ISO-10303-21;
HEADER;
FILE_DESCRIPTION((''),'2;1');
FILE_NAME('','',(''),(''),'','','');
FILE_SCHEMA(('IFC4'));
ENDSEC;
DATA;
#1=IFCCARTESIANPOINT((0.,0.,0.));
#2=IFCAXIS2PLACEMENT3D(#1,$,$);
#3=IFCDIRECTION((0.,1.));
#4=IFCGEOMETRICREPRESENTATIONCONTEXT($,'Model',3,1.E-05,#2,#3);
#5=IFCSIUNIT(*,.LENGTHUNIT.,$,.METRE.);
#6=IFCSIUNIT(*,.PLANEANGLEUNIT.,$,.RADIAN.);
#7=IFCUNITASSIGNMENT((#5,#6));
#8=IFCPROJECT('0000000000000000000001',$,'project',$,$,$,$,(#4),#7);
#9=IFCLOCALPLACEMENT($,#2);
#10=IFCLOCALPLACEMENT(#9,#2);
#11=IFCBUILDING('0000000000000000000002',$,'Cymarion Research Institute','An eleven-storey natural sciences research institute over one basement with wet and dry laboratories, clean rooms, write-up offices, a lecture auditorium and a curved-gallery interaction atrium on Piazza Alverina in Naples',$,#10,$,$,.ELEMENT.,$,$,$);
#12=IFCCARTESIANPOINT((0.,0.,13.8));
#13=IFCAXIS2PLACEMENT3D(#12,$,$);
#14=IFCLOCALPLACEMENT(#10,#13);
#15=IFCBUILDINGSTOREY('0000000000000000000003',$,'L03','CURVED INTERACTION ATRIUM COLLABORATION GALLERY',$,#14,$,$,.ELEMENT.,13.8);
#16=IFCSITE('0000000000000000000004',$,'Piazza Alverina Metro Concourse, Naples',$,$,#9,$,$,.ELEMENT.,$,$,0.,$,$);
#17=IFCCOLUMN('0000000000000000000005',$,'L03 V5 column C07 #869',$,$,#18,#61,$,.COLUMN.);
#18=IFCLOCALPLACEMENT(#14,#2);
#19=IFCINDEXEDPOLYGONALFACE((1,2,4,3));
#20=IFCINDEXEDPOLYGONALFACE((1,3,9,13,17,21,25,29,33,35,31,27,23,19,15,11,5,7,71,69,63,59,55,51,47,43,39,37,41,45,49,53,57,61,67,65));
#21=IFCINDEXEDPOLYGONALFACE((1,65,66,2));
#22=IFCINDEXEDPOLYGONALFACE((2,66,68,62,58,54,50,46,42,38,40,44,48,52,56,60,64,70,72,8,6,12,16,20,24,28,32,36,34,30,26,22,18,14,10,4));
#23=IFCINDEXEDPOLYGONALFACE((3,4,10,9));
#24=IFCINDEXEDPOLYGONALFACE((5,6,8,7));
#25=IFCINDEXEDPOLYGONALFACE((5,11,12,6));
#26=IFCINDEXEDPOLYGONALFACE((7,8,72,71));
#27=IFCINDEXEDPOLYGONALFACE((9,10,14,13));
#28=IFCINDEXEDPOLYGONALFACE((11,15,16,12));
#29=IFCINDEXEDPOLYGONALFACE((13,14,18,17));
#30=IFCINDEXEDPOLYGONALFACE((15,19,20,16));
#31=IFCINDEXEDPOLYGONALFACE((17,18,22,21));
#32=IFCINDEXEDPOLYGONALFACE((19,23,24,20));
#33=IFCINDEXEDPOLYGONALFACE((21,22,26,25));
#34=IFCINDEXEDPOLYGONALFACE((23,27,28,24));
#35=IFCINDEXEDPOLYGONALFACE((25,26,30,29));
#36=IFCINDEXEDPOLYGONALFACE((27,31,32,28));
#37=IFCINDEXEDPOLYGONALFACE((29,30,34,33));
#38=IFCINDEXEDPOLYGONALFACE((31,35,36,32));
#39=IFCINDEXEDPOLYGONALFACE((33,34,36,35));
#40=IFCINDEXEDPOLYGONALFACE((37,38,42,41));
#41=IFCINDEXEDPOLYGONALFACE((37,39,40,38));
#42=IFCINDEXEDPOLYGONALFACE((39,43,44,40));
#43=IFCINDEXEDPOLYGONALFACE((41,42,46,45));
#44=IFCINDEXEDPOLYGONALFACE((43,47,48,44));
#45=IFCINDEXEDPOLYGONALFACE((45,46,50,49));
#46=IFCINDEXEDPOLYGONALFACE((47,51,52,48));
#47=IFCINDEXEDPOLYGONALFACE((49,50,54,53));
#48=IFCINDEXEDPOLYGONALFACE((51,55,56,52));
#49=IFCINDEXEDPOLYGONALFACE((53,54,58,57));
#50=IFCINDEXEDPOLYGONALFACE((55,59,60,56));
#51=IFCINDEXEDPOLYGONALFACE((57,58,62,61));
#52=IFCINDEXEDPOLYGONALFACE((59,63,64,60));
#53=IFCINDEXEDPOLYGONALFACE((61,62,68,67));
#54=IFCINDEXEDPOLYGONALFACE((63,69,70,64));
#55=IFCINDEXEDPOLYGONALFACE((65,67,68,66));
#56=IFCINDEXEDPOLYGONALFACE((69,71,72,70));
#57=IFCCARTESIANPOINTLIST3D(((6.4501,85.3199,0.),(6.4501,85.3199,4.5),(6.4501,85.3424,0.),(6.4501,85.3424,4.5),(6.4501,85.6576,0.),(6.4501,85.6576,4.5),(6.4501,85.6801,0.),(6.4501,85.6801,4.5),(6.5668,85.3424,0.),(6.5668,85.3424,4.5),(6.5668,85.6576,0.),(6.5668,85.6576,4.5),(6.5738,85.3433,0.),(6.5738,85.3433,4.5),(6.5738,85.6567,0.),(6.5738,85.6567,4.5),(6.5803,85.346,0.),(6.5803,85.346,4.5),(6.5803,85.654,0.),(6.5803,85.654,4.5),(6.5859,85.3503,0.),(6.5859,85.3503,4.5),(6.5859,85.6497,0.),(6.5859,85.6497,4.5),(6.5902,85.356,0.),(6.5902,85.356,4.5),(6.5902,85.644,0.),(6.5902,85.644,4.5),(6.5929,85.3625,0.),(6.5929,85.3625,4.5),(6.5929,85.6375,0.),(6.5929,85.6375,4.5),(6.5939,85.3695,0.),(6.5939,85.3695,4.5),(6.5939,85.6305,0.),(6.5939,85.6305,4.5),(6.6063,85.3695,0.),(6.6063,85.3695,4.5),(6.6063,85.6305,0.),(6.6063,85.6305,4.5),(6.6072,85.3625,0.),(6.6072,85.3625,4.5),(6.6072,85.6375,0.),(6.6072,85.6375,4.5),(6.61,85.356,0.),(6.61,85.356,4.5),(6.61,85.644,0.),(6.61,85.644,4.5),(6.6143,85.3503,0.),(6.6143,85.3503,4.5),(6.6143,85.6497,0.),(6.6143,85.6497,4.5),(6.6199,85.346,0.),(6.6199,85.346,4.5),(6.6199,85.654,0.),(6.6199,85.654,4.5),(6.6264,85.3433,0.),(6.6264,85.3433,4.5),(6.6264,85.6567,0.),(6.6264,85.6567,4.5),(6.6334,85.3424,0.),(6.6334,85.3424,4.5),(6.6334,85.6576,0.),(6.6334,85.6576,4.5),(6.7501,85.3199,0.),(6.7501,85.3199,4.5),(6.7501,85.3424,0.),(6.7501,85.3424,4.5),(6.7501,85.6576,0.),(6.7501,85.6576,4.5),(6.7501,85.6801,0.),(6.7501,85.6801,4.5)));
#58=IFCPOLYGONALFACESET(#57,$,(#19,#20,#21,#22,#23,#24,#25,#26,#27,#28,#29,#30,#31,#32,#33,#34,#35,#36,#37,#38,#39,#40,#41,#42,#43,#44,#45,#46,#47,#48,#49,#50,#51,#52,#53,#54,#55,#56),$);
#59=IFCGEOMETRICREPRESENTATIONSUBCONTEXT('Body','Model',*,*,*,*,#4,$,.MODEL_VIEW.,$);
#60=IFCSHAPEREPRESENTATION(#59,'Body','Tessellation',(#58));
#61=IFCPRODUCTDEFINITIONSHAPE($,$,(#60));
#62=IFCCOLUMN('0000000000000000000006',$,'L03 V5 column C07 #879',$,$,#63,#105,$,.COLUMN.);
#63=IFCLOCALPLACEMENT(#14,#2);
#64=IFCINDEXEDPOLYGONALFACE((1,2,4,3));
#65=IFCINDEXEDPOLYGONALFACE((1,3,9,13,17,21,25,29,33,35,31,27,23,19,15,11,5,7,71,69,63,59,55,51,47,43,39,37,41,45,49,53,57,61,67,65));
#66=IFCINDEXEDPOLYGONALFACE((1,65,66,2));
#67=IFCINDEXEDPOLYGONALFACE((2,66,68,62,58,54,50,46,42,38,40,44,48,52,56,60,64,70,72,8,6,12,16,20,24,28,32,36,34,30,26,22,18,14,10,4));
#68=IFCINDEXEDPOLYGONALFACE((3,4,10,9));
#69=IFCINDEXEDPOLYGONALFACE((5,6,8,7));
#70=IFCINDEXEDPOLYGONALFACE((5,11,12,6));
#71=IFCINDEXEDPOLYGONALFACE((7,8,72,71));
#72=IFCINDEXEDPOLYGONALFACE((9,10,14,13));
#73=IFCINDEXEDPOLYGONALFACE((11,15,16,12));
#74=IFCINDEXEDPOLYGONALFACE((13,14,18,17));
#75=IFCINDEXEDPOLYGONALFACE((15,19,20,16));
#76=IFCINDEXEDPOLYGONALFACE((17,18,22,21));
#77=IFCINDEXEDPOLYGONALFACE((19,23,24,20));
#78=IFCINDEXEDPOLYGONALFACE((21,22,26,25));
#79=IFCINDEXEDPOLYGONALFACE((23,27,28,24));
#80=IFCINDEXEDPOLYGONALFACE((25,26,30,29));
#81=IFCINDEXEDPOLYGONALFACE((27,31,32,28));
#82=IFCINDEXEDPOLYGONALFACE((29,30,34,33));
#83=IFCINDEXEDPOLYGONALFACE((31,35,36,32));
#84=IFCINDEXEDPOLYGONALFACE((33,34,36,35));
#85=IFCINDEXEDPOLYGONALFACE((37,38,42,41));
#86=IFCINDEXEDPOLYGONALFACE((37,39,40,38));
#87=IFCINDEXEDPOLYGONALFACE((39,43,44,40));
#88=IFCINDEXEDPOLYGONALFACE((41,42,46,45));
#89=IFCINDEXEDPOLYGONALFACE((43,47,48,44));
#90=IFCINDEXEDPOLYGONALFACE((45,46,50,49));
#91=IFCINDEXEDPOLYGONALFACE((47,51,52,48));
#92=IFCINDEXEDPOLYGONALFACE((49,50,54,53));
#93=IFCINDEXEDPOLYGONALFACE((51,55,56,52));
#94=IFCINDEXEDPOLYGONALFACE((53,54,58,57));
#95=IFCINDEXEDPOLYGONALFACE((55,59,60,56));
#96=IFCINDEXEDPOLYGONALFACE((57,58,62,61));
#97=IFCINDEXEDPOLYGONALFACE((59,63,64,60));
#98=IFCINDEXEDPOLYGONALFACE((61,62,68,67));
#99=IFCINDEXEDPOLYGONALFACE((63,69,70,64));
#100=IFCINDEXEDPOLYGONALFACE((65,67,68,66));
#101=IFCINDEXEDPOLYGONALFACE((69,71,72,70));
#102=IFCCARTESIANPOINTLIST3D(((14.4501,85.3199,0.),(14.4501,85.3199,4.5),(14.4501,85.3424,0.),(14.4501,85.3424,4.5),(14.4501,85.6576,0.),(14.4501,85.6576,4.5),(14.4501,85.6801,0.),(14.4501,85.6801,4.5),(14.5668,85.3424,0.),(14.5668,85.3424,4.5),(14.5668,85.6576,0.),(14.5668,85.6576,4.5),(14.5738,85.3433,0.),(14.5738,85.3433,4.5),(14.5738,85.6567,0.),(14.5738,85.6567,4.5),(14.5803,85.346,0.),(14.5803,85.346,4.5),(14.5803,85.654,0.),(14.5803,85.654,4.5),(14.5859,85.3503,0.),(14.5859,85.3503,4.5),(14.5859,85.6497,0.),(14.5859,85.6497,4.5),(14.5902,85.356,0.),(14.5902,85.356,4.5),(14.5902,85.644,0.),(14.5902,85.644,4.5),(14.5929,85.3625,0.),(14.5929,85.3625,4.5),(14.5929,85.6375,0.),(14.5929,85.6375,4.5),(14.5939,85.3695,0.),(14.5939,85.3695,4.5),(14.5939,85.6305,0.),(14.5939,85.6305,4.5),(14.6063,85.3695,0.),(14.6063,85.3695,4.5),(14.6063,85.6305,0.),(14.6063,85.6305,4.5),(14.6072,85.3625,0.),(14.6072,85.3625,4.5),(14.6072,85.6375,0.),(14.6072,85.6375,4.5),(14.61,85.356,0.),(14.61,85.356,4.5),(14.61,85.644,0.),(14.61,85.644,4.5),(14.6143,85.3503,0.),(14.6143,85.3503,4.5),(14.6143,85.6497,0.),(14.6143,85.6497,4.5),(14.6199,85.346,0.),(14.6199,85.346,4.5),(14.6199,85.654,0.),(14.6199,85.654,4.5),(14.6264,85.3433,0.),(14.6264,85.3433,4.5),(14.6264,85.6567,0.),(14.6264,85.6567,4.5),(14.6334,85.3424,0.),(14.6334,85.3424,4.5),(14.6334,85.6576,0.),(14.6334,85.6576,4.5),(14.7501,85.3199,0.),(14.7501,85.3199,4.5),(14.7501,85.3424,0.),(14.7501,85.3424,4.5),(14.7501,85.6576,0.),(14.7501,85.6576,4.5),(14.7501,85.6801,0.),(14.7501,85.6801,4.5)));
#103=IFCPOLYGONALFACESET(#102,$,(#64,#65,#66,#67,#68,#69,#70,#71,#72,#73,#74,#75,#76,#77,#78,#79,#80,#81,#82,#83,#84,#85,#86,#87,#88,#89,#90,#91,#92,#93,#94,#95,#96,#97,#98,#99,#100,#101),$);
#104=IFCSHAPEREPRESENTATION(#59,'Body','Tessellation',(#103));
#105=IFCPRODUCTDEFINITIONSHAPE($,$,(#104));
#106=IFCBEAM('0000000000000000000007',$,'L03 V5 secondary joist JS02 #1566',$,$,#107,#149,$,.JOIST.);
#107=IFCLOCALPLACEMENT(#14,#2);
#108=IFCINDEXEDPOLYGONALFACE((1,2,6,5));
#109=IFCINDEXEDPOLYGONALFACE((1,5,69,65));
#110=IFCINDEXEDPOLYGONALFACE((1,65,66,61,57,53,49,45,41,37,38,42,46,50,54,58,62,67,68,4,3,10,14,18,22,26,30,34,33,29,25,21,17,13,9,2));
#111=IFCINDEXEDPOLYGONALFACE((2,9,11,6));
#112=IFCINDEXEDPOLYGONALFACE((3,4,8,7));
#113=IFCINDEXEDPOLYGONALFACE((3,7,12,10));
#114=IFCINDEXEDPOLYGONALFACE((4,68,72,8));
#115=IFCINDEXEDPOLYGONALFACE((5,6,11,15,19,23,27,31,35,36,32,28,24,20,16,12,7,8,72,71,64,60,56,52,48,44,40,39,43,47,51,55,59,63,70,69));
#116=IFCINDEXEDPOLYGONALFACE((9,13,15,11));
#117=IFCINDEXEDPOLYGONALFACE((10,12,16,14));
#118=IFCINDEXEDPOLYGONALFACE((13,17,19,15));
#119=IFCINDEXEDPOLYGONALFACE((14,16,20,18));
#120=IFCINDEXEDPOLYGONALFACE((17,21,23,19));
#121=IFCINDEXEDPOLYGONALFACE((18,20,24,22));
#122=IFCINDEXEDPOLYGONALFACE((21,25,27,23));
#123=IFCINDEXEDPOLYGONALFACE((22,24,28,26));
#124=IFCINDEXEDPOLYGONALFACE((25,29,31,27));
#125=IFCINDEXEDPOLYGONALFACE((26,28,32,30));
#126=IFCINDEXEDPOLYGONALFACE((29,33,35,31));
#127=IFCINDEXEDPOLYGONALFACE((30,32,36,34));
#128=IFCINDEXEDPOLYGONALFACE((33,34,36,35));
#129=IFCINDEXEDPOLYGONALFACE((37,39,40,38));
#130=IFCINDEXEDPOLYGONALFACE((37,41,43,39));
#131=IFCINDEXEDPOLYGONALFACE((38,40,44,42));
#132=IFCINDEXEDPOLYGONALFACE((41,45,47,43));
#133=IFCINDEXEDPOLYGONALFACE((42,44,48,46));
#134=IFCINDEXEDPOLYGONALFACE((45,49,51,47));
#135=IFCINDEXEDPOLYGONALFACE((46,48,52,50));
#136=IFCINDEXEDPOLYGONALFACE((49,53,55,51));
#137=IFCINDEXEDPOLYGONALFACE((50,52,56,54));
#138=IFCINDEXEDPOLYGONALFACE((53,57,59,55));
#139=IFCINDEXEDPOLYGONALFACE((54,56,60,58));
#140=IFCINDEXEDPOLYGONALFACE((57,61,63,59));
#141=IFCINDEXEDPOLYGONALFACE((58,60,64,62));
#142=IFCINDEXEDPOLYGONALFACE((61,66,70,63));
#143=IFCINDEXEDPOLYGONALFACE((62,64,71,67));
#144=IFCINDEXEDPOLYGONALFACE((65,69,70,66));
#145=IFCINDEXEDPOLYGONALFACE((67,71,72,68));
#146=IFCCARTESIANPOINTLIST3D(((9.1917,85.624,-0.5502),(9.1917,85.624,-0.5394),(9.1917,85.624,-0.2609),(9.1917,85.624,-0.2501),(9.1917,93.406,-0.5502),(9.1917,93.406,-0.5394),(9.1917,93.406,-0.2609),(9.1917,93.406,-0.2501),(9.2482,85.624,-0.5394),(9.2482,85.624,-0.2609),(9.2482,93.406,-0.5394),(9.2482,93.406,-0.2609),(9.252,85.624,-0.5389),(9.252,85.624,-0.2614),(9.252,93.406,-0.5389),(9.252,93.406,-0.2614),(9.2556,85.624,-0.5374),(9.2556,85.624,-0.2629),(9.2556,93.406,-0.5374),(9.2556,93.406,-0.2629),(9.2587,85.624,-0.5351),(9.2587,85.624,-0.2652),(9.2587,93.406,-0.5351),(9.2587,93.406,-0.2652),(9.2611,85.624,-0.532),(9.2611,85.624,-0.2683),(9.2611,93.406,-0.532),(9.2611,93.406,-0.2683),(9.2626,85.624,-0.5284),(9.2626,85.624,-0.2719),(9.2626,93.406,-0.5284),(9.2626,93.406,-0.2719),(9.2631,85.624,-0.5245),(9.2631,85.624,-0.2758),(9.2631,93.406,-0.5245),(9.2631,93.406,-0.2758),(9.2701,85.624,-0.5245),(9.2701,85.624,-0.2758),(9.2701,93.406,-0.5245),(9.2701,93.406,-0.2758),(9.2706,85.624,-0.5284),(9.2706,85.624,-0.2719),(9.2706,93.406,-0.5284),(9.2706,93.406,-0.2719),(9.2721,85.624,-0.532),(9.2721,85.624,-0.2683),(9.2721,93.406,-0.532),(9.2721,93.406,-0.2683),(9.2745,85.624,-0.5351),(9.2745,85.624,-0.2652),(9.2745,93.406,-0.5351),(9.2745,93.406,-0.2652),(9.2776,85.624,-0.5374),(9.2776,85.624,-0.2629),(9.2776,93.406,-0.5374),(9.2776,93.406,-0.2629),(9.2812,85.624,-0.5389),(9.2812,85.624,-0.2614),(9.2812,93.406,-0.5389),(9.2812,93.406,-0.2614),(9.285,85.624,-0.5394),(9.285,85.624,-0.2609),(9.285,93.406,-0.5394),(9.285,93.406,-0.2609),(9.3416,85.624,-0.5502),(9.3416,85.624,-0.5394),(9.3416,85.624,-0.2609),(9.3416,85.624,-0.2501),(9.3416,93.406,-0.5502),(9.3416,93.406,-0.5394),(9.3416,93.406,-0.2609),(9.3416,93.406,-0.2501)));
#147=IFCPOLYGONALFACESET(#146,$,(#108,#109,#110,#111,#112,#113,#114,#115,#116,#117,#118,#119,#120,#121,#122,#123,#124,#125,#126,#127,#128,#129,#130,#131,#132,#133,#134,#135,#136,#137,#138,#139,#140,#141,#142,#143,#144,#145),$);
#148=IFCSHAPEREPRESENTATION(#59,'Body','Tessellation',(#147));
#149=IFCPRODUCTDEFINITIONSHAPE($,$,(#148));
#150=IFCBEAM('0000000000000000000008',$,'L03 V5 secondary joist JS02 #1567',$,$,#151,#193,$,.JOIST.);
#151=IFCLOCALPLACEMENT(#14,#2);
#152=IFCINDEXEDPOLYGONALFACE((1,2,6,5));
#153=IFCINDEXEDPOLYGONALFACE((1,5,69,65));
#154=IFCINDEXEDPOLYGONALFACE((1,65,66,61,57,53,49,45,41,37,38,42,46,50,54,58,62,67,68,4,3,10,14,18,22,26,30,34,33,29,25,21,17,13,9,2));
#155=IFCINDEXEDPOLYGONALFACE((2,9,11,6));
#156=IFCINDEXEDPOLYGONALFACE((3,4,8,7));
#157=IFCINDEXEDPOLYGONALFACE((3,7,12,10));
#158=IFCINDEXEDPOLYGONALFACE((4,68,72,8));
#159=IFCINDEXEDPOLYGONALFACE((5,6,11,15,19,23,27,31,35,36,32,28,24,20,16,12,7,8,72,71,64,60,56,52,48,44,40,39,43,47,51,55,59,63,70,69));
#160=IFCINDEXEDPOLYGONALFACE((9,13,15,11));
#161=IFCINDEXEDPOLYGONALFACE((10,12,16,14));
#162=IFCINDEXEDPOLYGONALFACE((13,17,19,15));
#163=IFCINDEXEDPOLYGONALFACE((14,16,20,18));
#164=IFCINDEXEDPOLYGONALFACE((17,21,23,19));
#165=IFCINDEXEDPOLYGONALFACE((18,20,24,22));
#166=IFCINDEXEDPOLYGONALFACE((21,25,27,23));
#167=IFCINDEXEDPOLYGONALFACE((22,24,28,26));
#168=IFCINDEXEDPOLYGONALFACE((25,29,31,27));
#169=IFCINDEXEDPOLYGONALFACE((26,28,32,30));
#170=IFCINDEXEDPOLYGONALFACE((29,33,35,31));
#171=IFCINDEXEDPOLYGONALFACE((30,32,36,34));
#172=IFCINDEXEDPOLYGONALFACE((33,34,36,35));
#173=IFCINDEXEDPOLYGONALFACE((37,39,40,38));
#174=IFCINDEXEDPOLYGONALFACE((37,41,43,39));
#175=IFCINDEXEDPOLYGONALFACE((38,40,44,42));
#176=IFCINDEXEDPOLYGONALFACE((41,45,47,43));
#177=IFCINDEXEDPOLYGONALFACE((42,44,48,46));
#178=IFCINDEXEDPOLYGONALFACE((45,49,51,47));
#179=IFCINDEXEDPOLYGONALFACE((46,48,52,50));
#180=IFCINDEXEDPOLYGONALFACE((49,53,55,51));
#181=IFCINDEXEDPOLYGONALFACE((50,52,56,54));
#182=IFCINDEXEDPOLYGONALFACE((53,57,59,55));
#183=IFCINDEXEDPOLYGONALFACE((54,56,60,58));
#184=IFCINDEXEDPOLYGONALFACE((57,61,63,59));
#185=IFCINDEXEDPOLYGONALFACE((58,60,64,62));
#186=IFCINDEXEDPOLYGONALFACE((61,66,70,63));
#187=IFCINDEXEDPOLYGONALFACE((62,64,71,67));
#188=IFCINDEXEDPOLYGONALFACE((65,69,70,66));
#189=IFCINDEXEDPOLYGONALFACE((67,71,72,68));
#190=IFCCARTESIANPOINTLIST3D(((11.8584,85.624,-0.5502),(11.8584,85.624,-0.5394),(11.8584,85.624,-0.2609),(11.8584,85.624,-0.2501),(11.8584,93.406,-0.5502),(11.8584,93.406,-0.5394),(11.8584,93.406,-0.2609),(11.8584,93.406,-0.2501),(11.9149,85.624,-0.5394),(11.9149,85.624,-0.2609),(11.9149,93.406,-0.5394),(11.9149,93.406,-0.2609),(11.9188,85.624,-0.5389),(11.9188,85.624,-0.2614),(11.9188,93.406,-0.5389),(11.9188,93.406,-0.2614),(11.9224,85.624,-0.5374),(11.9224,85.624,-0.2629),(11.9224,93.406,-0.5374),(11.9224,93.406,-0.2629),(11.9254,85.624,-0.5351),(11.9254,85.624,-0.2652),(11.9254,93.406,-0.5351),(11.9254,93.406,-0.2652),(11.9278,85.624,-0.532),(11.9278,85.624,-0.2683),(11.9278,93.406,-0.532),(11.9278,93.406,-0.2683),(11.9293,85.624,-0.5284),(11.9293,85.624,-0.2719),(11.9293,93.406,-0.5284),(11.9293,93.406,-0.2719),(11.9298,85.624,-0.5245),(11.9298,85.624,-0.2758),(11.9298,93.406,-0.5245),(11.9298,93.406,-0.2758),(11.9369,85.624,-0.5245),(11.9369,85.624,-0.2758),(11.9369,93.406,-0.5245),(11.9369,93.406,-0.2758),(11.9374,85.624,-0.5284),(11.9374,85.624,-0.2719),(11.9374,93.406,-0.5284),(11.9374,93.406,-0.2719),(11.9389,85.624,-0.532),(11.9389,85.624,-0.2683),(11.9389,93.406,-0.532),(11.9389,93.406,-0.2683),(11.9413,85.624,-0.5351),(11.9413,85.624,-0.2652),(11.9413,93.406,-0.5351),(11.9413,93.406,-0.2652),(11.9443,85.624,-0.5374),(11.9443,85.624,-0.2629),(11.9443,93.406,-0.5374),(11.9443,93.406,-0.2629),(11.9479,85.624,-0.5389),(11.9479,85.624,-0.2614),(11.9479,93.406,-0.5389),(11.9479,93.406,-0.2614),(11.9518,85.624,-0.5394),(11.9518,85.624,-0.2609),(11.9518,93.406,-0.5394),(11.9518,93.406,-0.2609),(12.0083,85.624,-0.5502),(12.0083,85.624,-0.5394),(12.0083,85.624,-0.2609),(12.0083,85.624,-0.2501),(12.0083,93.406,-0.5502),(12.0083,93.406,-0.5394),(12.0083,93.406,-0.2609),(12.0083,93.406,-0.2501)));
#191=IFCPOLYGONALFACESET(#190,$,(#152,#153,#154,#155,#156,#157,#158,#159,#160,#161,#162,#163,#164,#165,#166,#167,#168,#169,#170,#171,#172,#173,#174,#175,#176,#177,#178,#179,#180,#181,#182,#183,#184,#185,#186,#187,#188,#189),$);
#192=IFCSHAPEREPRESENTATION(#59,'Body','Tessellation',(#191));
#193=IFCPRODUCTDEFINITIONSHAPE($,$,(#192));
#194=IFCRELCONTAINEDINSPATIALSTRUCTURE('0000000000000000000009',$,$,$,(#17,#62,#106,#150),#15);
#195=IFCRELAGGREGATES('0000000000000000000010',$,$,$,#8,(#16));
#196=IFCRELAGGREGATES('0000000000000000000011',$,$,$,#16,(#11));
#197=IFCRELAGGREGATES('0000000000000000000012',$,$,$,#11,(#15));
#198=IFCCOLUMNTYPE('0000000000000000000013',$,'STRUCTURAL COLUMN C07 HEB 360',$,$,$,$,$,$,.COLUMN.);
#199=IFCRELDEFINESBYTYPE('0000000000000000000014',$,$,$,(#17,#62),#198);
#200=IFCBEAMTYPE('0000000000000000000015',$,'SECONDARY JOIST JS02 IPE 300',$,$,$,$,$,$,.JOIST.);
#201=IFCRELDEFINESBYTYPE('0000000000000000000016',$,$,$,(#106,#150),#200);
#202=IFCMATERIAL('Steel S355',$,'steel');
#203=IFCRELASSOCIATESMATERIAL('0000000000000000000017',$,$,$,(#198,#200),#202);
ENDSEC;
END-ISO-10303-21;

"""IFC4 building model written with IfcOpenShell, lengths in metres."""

from ifc_helpers import new_model, si_unit, direction, frame, origin, origin_2d, place, context, subcontext, project, spatial, i_section, extrude, material, material_profile, profile_set, type_object, element, save


model = new_model("IFC4")

# Units and contexts
model_context = context("Model", 3, precision=1e-05, world=origin(), true_north=direction((0.0, 1.0)))
body_context = subcontext(model_context, "Body", "Model", "MODEL_VIEW")
ifc_project = project(units=[si_unit("LENGTHUNIT", "METRE"), si_unit("PLANEANGLEUNIT", "RADIAN")], contexts=[model_context])

# Site, building, storey
site_placement = place(None, origin())
site = spatial("IfcSite", under=ifc_project, at=site_placement, Name="Piazza Alverina Metro Concourse, Naples", CompositionType="ELEMENT", RefElevation=0.0)
building_placement = place(site_placement, origin())
building = spatial("IfcBuilding", under=site, at=building_placement, Name="Cymarion Research Institute", Description="An eleven-storey natural sciences research institute over one basement with wet and dry laboratories, clean rooms, write-up offices, a lecture auditorium and a curved-gallery interaction atrium on Piazza Alverina in Naples", CompositionType="ELEMENT")
storey_placement = place(building_placement, frame((0.0, 0.0, 13.8)))
storey = spatial("IfcBuildingStorey", under=building, at=storey_placement, Name="L03", Description="CURVED INTERACTION ATRIUM COLLABORATION GALLERY", CompositionType="ELEMENT", Elevation=13.8)

# Columns
ifc_material_1 = material(Name="Steel S355", Category="steel")
ifc_material_profile_1 = material_profile(ifc_material_1, i_section(OverallWidth=0.3, OverallDepth=0.3601, WebThickness=0.0125, FlangeThickness=0.0225, FilletRadius=0.0271, at=origin_2d()), Name="HEB 360")
ifc_profile_set_1 = profile_set([ifc_material_profile_1], Name="Steel S355")
column_type = type_object("IfcColumnType", Name="STRUCTURAL COLUMN C07 HEB 360", PredefinedType="COLUMN", material=ifc_profile_set_1)
for number, where, z_axis, x_axis, name in (
    (1, (6.6001, 85.5, 0.0), (0.0, 0.0, 1.0), (1.0, 0.0, 0.0), "L03 V5 column C07 #869"),
    (2, (14.6001, 85.5, 0.0), (0.0, 0.0, 1.0), (1.0, 0.0, 0.0), "L03 V5 column C07 #879"),
):
    element("IfcColumn", number, at=place(storey_placement, frame(where, z_axis=z_axis, x_axis=x_axis)), inside=storey, type_object=column_type, Name=name, PredefinedType="COLUMN", context=body_context, shape_type="SweptSolid", body=[
        extrude(i_section(OverallWidth=0.3, OverallDepth=0.3601, WebThickness=0.0125, FlangeThickness=0.0225, FilletRadius=0.0271, at=origin_2d()), origin(), (0.0, 0.0, 1.0), 4.5),
    ])

# Beams
ifc_material_profile_2 = material_profile(ifc_material_1, i_section(OverallWidth=0.1499, OverallDepth=0.3, WebThickness=0.0071, FlangeThickness=0.0107, FilletRadius=0.0149, at=origin_2d()), Name="IPE 300")
ifc_profile_set_2 = profile_set([ifc_material_profile_2], Name="Steel S355")
beam_type_1 = type_object("IfcBeamType", Name="SECONDARY JOIST JS02 IPE 300", PredefinedType="JOIST", material=ifc_profile_set_2)
for number, where, z_axis, x_axis, name in (
    (3, (9.2666, 85.624, -0.4001), (0.0, 1.0, 0.0), (-1.0, 0.0, 0.0), "L03 V5 secondary joist JS02 #1566"),
    (4, (11.9333, 85.624, -0.4001), (0.0, 1.0, 0.0), (-1.0, 0.0, 0.0), "L03 V5 secondary joist JS02 #1567"),
):
    element("IfcBeam", number, at=place(storey_placement, frame(where, z_axis=z_axis, x_axis=x_axis)), inside=storey, type_object=beam_type_1, Name=name, PredefinedType="JOIST", context=body_context, shape_type="SweptSolid", body=[
        extrude(i_section(OverallWidth=0.1499, OverallDepth=0.3, WebThickness=0.0071, FlangeThickness=0.0107, FilletRadius=0.0149, at=origin_2d()), origin(), (0.0, 0.0, 1.0), 7.782),
    ])

save(model, "model.ifc")
